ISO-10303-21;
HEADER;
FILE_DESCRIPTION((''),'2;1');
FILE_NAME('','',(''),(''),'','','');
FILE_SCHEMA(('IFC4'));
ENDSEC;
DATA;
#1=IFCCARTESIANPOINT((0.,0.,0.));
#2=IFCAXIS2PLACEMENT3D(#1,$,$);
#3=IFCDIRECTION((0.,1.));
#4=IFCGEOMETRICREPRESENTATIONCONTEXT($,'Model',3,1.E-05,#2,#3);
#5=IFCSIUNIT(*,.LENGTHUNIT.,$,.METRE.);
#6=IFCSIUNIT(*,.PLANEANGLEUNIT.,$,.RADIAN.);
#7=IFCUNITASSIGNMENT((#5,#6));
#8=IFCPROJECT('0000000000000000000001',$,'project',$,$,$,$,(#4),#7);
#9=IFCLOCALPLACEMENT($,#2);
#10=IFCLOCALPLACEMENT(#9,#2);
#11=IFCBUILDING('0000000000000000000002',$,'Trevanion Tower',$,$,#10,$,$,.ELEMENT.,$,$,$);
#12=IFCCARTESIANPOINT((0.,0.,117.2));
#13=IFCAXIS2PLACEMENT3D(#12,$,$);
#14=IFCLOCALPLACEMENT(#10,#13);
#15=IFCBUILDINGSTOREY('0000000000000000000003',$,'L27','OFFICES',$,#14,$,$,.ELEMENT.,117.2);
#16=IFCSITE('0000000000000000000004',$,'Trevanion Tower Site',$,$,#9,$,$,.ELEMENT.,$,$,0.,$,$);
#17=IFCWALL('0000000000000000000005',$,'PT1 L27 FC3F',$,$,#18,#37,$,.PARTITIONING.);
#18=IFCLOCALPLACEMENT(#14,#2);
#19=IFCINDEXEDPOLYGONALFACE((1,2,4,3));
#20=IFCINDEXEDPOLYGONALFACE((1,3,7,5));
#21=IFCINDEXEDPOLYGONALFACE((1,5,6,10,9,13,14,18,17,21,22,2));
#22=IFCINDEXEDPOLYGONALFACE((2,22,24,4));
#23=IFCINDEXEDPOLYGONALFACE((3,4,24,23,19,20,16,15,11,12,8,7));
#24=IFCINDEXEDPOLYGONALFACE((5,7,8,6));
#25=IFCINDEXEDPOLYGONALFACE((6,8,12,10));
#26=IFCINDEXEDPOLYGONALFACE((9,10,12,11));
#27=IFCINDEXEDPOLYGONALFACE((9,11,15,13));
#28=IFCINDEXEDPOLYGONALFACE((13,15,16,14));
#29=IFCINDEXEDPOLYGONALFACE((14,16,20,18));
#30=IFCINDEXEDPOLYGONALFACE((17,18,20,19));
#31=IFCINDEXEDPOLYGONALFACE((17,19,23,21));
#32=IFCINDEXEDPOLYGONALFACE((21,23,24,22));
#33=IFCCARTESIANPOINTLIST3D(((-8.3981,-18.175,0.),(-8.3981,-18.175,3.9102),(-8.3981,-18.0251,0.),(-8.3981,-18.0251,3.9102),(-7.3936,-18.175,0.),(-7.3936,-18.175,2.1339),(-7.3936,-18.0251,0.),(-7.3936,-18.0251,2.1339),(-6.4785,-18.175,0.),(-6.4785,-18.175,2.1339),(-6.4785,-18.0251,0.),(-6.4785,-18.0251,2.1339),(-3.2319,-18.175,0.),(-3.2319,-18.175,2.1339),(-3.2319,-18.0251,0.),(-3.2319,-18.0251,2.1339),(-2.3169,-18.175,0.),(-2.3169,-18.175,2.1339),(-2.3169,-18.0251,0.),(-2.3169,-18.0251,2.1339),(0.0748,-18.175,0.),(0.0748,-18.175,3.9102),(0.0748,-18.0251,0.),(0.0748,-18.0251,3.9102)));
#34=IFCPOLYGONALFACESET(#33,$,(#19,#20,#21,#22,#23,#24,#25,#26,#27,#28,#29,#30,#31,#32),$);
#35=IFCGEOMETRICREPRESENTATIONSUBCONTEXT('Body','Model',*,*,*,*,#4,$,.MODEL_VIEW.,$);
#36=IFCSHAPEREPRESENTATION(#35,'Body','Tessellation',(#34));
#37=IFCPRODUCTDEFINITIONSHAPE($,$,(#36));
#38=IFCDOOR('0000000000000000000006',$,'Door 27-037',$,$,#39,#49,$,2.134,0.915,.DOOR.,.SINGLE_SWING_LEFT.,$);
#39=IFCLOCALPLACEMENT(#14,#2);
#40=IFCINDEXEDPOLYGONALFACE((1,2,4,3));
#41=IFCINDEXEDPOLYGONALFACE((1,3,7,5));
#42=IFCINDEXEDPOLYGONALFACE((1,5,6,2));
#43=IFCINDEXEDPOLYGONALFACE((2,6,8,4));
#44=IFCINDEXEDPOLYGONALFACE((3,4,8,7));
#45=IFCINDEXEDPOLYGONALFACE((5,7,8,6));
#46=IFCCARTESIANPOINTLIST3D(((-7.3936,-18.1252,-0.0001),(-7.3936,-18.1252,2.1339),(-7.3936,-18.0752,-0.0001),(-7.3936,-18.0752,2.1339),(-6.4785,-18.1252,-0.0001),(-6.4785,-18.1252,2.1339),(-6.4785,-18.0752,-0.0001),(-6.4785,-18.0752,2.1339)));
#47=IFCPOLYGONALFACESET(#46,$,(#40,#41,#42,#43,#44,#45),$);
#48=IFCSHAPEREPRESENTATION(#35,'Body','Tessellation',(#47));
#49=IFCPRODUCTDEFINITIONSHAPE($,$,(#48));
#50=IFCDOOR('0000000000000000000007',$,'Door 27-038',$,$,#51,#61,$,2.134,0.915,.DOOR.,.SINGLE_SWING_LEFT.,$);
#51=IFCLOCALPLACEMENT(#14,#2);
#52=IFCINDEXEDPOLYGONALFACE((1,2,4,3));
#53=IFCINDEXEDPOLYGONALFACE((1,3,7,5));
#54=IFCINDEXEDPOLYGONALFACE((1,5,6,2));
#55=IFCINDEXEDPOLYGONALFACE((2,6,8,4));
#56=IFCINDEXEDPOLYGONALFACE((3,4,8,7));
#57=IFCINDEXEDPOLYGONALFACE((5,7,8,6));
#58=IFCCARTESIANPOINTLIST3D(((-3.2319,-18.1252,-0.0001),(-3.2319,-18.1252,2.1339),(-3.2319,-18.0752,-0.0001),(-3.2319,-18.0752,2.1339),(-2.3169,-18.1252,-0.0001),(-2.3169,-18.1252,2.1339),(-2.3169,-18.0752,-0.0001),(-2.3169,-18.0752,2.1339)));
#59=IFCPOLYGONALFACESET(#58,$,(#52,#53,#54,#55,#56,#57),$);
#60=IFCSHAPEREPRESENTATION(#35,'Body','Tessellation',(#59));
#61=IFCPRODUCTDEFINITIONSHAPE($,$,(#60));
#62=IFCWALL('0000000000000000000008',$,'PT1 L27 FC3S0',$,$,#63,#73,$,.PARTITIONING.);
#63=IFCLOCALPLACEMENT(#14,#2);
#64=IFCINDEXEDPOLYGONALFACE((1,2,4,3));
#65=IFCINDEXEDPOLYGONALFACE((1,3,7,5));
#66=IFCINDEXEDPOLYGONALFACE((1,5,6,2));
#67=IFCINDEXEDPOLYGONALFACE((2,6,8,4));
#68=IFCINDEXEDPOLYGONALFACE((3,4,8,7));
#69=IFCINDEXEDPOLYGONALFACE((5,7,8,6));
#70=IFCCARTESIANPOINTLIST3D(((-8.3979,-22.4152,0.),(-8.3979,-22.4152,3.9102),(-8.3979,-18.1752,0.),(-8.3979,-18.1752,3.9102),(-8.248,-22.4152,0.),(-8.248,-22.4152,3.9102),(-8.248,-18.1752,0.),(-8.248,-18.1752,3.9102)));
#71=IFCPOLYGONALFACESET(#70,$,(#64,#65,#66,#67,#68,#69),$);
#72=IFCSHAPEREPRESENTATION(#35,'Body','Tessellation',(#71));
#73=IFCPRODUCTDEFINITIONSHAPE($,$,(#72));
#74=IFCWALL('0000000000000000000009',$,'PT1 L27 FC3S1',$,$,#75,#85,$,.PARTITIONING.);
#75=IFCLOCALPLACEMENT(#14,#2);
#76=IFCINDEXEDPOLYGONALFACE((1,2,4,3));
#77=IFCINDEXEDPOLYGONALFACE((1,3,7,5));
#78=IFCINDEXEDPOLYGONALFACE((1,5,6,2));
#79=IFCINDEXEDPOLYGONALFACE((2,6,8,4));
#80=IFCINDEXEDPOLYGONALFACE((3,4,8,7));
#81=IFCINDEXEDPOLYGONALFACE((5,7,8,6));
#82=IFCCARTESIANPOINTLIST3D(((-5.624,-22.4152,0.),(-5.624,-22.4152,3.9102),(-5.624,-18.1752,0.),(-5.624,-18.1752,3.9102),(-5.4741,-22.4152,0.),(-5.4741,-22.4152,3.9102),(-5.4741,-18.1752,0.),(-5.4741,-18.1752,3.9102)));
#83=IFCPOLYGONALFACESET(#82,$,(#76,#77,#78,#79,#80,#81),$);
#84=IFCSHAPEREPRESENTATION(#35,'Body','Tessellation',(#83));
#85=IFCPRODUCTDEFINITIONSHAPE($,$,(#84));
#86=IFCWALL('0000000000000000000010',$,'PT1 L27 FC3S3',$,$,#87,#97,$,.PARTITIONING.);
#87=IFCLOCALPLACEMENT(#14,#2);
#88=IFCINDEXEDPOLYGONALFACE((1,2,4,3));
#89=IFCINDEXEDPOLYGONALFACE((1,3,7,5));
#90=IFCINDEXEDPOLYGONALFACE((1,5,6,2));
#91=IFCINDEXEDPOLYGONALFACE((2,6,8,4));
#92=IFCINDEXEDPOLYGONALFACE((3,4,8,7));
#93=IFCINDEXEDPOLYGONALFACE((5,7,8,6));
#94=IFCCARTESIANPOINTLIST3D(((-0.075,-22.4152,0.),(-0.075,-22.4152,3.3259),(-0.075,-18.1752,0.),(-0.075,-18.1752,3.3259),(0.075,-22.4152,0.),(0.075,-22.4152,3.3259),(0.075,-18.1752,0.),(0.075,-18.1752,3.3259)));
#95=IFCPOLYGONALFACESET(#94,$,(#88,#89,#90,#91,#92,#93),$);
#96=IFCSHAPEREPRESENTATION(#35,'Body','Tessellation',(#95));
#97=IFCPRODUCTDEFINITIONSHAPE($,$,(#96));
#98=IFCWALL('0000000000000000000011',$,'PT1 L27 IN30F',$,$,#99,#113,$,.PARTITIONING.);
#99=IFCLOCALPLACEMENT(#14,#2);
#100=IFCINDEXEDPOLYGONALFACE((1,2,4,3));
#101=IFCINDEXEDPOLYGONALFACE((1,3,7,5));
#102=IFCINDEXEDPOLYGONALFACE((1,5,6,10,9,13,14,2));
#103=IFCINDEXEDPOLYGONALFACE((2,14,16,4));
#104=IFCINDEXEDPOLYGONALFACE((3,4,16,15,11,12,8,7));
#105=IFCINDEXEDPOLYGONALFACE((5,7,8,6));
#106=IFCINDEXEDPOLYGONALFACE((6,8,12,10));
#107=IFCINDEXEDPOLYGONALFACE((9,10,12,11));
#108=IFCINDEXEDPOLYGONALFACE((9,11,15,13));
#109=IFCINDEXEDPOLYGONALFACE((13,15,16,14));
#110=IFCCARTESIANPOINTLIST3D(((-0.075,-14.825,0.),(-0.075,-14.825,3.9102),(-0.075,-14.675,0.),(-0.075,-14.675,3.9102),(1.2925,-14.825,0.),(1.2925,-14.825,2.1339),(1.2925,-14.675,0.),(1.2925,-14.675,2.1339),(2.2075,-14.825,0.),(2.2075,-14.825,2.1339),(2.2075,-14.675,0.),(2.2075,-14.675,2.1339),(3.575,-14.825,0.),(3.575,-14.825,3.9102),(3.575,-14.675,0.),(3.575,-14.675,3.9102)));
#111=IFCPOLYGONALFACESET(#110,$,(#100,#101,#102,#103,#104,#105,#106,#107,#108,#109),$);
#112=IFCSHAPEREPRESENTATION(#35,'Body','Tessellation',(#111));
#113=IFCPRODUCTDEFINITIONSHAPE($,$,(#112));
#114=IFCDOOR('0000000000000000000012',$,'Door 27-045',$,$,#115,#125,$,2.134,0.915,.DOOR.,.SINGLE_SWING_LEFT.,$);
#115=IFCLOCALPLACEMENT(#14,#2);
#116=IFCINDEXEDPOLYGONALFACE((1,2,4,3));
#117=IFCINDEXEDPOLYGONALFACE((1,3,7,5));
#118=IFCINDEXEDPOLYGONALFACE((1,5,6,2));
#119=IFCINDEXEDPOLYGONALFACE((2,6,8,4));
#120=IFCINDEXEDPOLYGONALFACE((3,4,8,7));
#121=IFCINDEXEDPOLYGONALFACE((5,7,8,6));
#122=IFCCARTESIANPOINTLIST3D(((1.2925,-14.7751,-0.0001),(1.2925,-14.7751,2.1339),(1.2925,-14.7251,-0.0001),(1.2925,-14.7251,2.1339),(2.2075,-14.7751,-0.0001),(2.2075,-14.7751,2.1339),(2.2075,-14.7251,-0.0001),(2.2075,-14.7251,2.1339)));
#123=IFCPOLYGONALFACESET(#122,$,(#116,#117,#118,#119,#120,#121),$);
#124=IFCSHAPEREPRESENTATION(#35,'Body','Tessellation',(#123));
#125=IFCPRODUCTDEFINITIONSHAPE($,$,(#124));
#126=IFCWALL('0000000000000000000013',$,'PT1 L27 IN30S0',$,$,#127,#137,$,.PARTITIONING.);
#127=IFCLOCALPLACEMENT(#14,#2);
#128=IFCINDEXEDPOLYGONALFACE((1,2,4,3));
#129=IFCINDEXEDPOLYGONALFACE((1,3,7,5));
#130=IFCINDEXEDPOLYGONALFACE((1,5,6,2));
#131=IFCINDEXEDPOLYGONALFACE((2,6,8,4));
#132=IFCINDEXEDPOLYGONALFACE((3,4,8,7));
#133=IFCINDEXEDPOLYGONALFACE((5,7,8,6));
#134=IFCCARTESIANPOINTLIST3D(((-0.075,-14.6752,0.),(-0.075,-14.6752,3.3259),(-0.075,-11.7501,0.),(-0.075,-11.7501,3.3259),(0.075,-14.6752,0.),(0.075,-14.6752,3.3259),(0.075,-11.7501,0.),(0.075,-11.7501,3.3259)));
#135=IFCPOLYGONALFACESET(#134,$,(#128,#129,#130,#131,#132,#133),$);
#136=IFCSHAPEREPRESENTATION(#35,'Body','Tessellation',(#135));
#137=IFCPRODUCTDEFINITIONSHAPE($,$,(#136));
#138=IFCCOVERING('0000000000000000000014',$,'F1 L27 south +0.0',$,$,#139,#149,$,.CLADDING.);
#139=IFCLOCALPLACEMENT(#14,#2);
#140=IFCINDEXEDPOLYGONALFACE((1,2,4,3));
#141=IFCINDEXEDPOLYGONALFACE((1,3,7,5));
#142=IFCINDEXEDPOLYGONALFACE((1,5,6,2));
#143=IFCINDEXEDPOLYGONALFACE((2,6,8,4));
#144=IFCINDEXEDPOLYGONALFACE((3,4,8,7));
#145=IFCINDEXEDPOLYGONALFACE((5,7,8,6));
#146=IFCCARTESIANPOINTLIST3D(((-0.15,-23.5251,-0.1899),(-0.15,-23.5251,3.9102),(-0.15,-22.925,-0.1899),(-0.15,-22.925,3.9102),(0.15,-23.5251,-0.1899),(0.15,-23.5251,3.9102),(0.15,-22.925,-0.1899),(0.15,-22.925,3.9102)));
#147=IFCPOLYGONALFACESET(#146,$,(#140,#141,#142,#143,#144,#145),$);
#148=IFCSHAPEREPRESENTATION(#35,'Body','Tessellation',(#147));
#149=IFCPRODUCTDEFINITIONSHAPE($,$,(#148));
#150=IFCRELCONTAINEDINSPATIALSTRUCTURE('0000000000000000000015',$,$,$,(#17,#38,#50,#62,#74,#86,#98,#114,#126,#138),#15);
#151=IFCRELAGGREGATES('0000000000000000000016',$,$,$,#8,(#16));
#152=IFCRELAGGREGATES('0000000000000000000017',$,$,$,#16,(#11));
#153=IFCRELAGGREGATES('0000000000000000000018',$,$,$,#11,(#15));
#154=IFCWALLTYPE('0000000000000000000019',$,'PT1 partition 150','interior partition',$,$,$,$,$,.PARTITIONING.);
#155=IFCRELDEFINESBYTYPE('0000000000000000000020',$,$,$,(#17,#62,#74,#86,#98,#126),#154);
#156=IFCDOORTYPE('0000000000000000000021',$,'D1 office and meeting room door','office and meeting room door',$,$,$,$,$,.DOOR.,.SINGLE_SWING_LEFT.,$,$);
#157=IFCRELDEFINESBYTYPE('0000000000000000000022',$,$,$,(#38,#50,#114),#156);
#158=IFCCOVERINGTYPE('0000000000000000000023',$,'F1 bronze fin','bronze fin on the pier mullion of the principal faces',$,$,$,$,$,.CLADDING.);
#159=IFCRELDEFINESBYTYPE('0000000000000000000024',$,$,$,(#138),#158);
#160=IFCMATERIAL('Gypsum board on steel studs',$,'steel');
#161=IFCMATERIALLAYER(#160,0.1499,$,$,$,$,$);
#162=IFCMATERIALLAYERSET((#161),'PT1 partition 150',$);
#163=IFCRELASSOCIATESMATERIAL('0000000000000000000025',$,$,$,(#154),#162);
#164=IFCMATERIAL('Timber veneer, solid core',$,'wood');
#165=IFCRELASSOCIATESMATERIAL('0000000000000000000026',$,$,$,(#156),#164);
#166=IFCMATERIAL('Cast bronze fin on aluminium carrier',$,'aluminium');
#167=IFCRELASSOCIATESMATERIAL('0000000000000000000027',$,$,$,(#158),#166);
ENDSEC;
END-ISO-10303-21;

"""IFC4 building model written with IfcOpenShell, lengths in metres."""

from ifc_helpers import new_model, si_unit, direction, frame, frame_2d, origin, origin_2d, place, context, subcontext, project, spatial, rectangle, extrude, material, layer, layer_set, type_object, element, fill, save


model = new_model("IFC4")

# Units and contexts
model_context = context("Model", 3, precision=1e-05, world=origin(), true_north=direction((0.0, 1.0)))
body_context = subcontext(model_context, "Body", "Model", "MODEL_VIEW")
ifc_project = project(units=[si_unit("LENGTHUNIT", "METRE"), si_unit("PLANEANGLEUNIT", "RADIAN")], contexts=[model_context])

# Site, building, storey
site_placement = place(None, origin())
site = spatial("IfcSite", under=ifc_project, at=site_placement, Name="Trevanion Tower Site", CompositionType="ELEMENT", RefElevation=0.0)
building_placement = place(site_placement, origin())
building = spatial("IfcBuilding", under=site, at=building_placement, Name="Trevanion Tower", CompositionType="ELEMENT")
storey_placement = place(building_placement, frame((0.0, 0.0, 117.2)))
storey = spatial("IfcBuildingStorey", under=building, at=storey_placement, Name="L27", Description="OFFICES", CompositionType="ELEMENT", Elevation=117.2)

# Wall, openings, doors
ifc_material_1 = material(Name="Gypsum board on steel studs", Category="steel")
ifc_layer_1 = layer(ifc_material_1, 0.1499)
ifc_layer_set_1 = layer_set([ifc_layer_1], Name="PT1 partition 150")
wall_type = type_object("IfcWallType", Name="PT1 partition 150", Description="interior partition", PredefinedType="PARTITIONING", material=ifc_layer_set_1)
wall_1_placement = place(storey_placement, frame((-8.3979, -18.1001, 0.0), z_axis=(0.0, 0.0, 1.0), x_axis=(1.0, 0.0, 0.0)))
wall_1 = element("IfcWall", 1, at=wall_1_placement, inside=storey, type_object=wall_type, Name="PT1 L27 FC3F", PredefinedType="PARTITIONING", context=body_context, shape_type="SweptSolid", body=[
    extrude(rectangle(XDim=8.4729, YDim=0.1499, at=frame_2d((4.2363, 0.0))), origin(), (0.0, 0.0, 1.0), 3.9102),
])
opening_1_placement = place(wall_1_placement, frame((1.0044, 0.0, 0.0)))
opening_1 = element("IfcOpeningElement", 2, at=opening_1_placement, cuts=wall_1, PredefinedType="OPENING", context=body_context, shape_type="SweptSolid", body=[
    extrude(rectangle(XDim=0.915, YDim=2.134, at=frame_2d((0.4575, 1.0669))), frame((0.0, 0.085, 0.0), z_axis=(0.0, -1.0, 0.0), x_axis=(1.0, 0.0, 0.0)), (0.0, 0.0, 1.0), 0.1699),
])
opening_2_placement = place(wall_1_placement, frame((5.166, 0.0, 0.0)))
opening_2 = element("IfcOpeningElement", 3, at=opening_2_placement, cuts=wall_1, PredefinedType="OPENING", context=body_context, shape_type="SweptSolid", body=[
    extrude(rectangle(XDim=0.915, YDim=2.134, at=frame_2d((0.4575, 1.0669))), frame((0.0, 0.085, 0.0), z_axis=(0.0, -1.0, 0.0), x_axis=(1.0, 0.0, 0.0)), (0.0, 0.0, 1.0), 0.1699),
])
ifc_material_2 = material(Name="Timber veneer, solid core", Category="wood")
door_type = type_object("IfcDoorType", Name="D1 office and meeting room door", Description="office and meeting room door", OperationType="SINGLE_SWING_LEFT", PredefinedType="DOOR", material=ifc_material_2)
door_1_placement = place(opening_1_placement, origin())
door_1 = element("IfcDoor", 4, at=door_1_placement, inside=storey, type_object=door_type, Name="Door 27-037", OperationType="SINGLE_SWING_LEFT", OverallHeight=2.134, OverallWidth=0.915, PredefinedType="DOOR", context=body_context, shape_type="SweptSolid", body=[
    extrude(rectangle(XDim=0.915, YDim=2.134, at=frame_2d((0.4575, 1.0669))), frame((0.0, 0.0249, 0.0), z_axis=(0.0, -1.0, 0.0), x_axis=(1.0, 0.0, 0.0)), (0.0, 0.0, 1.0), 0.05),
])
fill(opening_1, door_1)
door_2_placement = place(opening_2_placement, origin())
door_2 = element("IfcDoor", 5, at=door_2_placement, inside=storey, type_object=door_type, Name="Door 27-038", OperationType="SINGLE_SWING_LEFT", OverallHeight=2.134, OverallWidth=0.915, PredefinedType="DOOR", context=body_context, shape_type="SweptSolid", body=[
    extrude(rectangle(XDim=0.915, YDim=2.134, at=frame_2d((0.4575, 1.0669))), frame((0.0, 0.0249, 0.0), z_axis=(0.0, -1.0, 0.0), x_axis=(1.0, 0.0, 0.0)), (0.0, 0.0, 1.0), 0.05),
])
fill(opening_2, door_2)

# Walls
for number, where, z_axis, x_axis, name in (
    (6, (-8.323, -18.175, 0.0), (0.0, 0.0, 1.0), (0.0, -1.0, 0.0), "PT1 L27 FC3S0"),
    (7, (-5.5491, -18.175, 0.0), (0.0, 0.0, 1.0), (0.0, -1.0, 0.0), "PT1 L27 FC3S1"),
):
    element("IfcWall", number, at=place(storey_placement, frame(where, z_axis=z_axis, x_axis=x_axis)), inside=storey, type_object=wall_type, Name=name, PredefinedType="PARTITIONING", context=body_context, shape_type="SweptSolid", body=[
        extrude(rectangle(XDim=4.24, YDim=0.1499, at=frame_2d((2.1201, 0.0))), origin(), (0.0, 0.0, 1.0), 3.9102),
    ])
wall_2_placement = place(storey_placement, frame((0.0, -18.175, 0.0), z_axis=(0.0, 0.0, 1.0), x_axis=(0.0, -1.0, 0.0)))
element("IfcWall", 8, at=wall_2_placement, inside=storey, type_object=wall_type, Name="PT1 L27 FC3S3", PredefinedType="PARTITIONING", context=body_context, shape_type="SweptSolid", body=[
    extrude(rectangle(XDim=4.24, YDim=0.1499, at=frame_2d((2.1201, 0.0))), origin(), (0.0, 0.0, 1.0), 3.3259),
])

# Wall, opening, door
wall_3_placement = place(storey_placement, frame((-0.075, -14.75, 0.0), z_axis=(0.0, 0.0, 1.0), x_axis=(1.0, 0.0, 0.0)))
wall_3 = element("IfcWall", 9, at=wall_3_placement, inside=storey, type_object=wall_type, Name="PT1 L27 IN30F", PredefinedType="PARTITIONING", context=body_context, shape_type="SweptSolid", body=[
    extrude(rectangle(XDim=3.6499, YDim=0.1499, at=frame_2d((1.825, 0.0))), origin(), (0.0, 0.0, 1.0), 3.9102),
])
opening_3_placement = place(wall_3_placement, frame((1.3674, 0.0, 0.0)))
opening_3 = element("IfcOpeningElement", 10, at=opening_3_placement, cuts=wall_3, PredefinedType="OPENING", context=body_context, shape_type="SweptSolid", body=[
    extrude(rectangle(XDim=0.915, YDim=2.134, at=frame_2d((0.4575, 1.0669))), frame((0.0, 0.085, 0.0), z_axis=(0.0, -1.0, 0.0), x_axis=(1.0, 0.0, 0.0)), (0.0, 0.0, 1.0), 0.1699),
])
door_3_placement = place(opening_3_placement, origin())
door_3 = element("IfcDoor", 11, at=door_3_placement, inside=storey, type_object=door_type, Name="Door 27-045", OperationType="SINGLE_SWING_LEFT", OverallHeight=2.134, OverallWidth=0.915, PredefinedType="DOOR", context=body_context, shape_type="SweptSolid", body=[
    extrude(rectangle(XDim=0.915, YDim=2.134, at=frame_2d((0.4575, 1.0669))), frame((0.0, 0.0249, 0.0), z_axis=(0.0, -1.0, 0.0), x_axis=(1.0, 0.0, 0.0)), (0.0, 0.0, 1.0), 0.05),
])
fill(opening_3, door_3)

# Wall
wall_4_placement = place(storey_placement, frame((0.0, -14.675, 0.0), z_axis=(0.0, 0.0, 1.0), x_axis=(0.0, 1.0, 0.0)))
element("IfcWall", 12, at=wall_4_placement, inside=storey, type_object=wall_type, Name="PT1 L27 IN30S0", PredefinedType="PARTITIONING", context=body_context, shape_type="SweptSolid", body=[
    extrude(rectangle(XDim=2.925, YDim=0.1499, at=frame_2d((1.4624, 0.0))), origin(), (0.0, 0.0, 1.0), 3.3259),
])

# Covering
ifc_material_3 = material(Name="Cast bronze fin on aluminium carrier", Category="aluminium")
covering_type = type_object("IfcCoveringType", Name="F1 bronze fin", Description="bronze fin on the pier mullion of the principal faces", PredefinedType="CLADDING", material=ifc_material_3)
covering_placement = place(storey_placement, frame((0.0, -23.2251, -0.1899), z_axis=(0.0, 0.0, 1.0), x_axis=(1.0, 0.0, 0.0)))
element("IfcCovering", 13, at=covering_placement, inside=storey, type_object=covering_type, Name="F1 L27 south +0.0", PredefinedType="CLADDING", context=body_context, shape_type="SweptSolid", body=[
    extrude(rectangle(XDim=0.3, YDim=0.6001, at=origin_2d()), origin(), (0.0, 0.0, 1.0), 4.1001),
])

save(model, "model.ifc")
